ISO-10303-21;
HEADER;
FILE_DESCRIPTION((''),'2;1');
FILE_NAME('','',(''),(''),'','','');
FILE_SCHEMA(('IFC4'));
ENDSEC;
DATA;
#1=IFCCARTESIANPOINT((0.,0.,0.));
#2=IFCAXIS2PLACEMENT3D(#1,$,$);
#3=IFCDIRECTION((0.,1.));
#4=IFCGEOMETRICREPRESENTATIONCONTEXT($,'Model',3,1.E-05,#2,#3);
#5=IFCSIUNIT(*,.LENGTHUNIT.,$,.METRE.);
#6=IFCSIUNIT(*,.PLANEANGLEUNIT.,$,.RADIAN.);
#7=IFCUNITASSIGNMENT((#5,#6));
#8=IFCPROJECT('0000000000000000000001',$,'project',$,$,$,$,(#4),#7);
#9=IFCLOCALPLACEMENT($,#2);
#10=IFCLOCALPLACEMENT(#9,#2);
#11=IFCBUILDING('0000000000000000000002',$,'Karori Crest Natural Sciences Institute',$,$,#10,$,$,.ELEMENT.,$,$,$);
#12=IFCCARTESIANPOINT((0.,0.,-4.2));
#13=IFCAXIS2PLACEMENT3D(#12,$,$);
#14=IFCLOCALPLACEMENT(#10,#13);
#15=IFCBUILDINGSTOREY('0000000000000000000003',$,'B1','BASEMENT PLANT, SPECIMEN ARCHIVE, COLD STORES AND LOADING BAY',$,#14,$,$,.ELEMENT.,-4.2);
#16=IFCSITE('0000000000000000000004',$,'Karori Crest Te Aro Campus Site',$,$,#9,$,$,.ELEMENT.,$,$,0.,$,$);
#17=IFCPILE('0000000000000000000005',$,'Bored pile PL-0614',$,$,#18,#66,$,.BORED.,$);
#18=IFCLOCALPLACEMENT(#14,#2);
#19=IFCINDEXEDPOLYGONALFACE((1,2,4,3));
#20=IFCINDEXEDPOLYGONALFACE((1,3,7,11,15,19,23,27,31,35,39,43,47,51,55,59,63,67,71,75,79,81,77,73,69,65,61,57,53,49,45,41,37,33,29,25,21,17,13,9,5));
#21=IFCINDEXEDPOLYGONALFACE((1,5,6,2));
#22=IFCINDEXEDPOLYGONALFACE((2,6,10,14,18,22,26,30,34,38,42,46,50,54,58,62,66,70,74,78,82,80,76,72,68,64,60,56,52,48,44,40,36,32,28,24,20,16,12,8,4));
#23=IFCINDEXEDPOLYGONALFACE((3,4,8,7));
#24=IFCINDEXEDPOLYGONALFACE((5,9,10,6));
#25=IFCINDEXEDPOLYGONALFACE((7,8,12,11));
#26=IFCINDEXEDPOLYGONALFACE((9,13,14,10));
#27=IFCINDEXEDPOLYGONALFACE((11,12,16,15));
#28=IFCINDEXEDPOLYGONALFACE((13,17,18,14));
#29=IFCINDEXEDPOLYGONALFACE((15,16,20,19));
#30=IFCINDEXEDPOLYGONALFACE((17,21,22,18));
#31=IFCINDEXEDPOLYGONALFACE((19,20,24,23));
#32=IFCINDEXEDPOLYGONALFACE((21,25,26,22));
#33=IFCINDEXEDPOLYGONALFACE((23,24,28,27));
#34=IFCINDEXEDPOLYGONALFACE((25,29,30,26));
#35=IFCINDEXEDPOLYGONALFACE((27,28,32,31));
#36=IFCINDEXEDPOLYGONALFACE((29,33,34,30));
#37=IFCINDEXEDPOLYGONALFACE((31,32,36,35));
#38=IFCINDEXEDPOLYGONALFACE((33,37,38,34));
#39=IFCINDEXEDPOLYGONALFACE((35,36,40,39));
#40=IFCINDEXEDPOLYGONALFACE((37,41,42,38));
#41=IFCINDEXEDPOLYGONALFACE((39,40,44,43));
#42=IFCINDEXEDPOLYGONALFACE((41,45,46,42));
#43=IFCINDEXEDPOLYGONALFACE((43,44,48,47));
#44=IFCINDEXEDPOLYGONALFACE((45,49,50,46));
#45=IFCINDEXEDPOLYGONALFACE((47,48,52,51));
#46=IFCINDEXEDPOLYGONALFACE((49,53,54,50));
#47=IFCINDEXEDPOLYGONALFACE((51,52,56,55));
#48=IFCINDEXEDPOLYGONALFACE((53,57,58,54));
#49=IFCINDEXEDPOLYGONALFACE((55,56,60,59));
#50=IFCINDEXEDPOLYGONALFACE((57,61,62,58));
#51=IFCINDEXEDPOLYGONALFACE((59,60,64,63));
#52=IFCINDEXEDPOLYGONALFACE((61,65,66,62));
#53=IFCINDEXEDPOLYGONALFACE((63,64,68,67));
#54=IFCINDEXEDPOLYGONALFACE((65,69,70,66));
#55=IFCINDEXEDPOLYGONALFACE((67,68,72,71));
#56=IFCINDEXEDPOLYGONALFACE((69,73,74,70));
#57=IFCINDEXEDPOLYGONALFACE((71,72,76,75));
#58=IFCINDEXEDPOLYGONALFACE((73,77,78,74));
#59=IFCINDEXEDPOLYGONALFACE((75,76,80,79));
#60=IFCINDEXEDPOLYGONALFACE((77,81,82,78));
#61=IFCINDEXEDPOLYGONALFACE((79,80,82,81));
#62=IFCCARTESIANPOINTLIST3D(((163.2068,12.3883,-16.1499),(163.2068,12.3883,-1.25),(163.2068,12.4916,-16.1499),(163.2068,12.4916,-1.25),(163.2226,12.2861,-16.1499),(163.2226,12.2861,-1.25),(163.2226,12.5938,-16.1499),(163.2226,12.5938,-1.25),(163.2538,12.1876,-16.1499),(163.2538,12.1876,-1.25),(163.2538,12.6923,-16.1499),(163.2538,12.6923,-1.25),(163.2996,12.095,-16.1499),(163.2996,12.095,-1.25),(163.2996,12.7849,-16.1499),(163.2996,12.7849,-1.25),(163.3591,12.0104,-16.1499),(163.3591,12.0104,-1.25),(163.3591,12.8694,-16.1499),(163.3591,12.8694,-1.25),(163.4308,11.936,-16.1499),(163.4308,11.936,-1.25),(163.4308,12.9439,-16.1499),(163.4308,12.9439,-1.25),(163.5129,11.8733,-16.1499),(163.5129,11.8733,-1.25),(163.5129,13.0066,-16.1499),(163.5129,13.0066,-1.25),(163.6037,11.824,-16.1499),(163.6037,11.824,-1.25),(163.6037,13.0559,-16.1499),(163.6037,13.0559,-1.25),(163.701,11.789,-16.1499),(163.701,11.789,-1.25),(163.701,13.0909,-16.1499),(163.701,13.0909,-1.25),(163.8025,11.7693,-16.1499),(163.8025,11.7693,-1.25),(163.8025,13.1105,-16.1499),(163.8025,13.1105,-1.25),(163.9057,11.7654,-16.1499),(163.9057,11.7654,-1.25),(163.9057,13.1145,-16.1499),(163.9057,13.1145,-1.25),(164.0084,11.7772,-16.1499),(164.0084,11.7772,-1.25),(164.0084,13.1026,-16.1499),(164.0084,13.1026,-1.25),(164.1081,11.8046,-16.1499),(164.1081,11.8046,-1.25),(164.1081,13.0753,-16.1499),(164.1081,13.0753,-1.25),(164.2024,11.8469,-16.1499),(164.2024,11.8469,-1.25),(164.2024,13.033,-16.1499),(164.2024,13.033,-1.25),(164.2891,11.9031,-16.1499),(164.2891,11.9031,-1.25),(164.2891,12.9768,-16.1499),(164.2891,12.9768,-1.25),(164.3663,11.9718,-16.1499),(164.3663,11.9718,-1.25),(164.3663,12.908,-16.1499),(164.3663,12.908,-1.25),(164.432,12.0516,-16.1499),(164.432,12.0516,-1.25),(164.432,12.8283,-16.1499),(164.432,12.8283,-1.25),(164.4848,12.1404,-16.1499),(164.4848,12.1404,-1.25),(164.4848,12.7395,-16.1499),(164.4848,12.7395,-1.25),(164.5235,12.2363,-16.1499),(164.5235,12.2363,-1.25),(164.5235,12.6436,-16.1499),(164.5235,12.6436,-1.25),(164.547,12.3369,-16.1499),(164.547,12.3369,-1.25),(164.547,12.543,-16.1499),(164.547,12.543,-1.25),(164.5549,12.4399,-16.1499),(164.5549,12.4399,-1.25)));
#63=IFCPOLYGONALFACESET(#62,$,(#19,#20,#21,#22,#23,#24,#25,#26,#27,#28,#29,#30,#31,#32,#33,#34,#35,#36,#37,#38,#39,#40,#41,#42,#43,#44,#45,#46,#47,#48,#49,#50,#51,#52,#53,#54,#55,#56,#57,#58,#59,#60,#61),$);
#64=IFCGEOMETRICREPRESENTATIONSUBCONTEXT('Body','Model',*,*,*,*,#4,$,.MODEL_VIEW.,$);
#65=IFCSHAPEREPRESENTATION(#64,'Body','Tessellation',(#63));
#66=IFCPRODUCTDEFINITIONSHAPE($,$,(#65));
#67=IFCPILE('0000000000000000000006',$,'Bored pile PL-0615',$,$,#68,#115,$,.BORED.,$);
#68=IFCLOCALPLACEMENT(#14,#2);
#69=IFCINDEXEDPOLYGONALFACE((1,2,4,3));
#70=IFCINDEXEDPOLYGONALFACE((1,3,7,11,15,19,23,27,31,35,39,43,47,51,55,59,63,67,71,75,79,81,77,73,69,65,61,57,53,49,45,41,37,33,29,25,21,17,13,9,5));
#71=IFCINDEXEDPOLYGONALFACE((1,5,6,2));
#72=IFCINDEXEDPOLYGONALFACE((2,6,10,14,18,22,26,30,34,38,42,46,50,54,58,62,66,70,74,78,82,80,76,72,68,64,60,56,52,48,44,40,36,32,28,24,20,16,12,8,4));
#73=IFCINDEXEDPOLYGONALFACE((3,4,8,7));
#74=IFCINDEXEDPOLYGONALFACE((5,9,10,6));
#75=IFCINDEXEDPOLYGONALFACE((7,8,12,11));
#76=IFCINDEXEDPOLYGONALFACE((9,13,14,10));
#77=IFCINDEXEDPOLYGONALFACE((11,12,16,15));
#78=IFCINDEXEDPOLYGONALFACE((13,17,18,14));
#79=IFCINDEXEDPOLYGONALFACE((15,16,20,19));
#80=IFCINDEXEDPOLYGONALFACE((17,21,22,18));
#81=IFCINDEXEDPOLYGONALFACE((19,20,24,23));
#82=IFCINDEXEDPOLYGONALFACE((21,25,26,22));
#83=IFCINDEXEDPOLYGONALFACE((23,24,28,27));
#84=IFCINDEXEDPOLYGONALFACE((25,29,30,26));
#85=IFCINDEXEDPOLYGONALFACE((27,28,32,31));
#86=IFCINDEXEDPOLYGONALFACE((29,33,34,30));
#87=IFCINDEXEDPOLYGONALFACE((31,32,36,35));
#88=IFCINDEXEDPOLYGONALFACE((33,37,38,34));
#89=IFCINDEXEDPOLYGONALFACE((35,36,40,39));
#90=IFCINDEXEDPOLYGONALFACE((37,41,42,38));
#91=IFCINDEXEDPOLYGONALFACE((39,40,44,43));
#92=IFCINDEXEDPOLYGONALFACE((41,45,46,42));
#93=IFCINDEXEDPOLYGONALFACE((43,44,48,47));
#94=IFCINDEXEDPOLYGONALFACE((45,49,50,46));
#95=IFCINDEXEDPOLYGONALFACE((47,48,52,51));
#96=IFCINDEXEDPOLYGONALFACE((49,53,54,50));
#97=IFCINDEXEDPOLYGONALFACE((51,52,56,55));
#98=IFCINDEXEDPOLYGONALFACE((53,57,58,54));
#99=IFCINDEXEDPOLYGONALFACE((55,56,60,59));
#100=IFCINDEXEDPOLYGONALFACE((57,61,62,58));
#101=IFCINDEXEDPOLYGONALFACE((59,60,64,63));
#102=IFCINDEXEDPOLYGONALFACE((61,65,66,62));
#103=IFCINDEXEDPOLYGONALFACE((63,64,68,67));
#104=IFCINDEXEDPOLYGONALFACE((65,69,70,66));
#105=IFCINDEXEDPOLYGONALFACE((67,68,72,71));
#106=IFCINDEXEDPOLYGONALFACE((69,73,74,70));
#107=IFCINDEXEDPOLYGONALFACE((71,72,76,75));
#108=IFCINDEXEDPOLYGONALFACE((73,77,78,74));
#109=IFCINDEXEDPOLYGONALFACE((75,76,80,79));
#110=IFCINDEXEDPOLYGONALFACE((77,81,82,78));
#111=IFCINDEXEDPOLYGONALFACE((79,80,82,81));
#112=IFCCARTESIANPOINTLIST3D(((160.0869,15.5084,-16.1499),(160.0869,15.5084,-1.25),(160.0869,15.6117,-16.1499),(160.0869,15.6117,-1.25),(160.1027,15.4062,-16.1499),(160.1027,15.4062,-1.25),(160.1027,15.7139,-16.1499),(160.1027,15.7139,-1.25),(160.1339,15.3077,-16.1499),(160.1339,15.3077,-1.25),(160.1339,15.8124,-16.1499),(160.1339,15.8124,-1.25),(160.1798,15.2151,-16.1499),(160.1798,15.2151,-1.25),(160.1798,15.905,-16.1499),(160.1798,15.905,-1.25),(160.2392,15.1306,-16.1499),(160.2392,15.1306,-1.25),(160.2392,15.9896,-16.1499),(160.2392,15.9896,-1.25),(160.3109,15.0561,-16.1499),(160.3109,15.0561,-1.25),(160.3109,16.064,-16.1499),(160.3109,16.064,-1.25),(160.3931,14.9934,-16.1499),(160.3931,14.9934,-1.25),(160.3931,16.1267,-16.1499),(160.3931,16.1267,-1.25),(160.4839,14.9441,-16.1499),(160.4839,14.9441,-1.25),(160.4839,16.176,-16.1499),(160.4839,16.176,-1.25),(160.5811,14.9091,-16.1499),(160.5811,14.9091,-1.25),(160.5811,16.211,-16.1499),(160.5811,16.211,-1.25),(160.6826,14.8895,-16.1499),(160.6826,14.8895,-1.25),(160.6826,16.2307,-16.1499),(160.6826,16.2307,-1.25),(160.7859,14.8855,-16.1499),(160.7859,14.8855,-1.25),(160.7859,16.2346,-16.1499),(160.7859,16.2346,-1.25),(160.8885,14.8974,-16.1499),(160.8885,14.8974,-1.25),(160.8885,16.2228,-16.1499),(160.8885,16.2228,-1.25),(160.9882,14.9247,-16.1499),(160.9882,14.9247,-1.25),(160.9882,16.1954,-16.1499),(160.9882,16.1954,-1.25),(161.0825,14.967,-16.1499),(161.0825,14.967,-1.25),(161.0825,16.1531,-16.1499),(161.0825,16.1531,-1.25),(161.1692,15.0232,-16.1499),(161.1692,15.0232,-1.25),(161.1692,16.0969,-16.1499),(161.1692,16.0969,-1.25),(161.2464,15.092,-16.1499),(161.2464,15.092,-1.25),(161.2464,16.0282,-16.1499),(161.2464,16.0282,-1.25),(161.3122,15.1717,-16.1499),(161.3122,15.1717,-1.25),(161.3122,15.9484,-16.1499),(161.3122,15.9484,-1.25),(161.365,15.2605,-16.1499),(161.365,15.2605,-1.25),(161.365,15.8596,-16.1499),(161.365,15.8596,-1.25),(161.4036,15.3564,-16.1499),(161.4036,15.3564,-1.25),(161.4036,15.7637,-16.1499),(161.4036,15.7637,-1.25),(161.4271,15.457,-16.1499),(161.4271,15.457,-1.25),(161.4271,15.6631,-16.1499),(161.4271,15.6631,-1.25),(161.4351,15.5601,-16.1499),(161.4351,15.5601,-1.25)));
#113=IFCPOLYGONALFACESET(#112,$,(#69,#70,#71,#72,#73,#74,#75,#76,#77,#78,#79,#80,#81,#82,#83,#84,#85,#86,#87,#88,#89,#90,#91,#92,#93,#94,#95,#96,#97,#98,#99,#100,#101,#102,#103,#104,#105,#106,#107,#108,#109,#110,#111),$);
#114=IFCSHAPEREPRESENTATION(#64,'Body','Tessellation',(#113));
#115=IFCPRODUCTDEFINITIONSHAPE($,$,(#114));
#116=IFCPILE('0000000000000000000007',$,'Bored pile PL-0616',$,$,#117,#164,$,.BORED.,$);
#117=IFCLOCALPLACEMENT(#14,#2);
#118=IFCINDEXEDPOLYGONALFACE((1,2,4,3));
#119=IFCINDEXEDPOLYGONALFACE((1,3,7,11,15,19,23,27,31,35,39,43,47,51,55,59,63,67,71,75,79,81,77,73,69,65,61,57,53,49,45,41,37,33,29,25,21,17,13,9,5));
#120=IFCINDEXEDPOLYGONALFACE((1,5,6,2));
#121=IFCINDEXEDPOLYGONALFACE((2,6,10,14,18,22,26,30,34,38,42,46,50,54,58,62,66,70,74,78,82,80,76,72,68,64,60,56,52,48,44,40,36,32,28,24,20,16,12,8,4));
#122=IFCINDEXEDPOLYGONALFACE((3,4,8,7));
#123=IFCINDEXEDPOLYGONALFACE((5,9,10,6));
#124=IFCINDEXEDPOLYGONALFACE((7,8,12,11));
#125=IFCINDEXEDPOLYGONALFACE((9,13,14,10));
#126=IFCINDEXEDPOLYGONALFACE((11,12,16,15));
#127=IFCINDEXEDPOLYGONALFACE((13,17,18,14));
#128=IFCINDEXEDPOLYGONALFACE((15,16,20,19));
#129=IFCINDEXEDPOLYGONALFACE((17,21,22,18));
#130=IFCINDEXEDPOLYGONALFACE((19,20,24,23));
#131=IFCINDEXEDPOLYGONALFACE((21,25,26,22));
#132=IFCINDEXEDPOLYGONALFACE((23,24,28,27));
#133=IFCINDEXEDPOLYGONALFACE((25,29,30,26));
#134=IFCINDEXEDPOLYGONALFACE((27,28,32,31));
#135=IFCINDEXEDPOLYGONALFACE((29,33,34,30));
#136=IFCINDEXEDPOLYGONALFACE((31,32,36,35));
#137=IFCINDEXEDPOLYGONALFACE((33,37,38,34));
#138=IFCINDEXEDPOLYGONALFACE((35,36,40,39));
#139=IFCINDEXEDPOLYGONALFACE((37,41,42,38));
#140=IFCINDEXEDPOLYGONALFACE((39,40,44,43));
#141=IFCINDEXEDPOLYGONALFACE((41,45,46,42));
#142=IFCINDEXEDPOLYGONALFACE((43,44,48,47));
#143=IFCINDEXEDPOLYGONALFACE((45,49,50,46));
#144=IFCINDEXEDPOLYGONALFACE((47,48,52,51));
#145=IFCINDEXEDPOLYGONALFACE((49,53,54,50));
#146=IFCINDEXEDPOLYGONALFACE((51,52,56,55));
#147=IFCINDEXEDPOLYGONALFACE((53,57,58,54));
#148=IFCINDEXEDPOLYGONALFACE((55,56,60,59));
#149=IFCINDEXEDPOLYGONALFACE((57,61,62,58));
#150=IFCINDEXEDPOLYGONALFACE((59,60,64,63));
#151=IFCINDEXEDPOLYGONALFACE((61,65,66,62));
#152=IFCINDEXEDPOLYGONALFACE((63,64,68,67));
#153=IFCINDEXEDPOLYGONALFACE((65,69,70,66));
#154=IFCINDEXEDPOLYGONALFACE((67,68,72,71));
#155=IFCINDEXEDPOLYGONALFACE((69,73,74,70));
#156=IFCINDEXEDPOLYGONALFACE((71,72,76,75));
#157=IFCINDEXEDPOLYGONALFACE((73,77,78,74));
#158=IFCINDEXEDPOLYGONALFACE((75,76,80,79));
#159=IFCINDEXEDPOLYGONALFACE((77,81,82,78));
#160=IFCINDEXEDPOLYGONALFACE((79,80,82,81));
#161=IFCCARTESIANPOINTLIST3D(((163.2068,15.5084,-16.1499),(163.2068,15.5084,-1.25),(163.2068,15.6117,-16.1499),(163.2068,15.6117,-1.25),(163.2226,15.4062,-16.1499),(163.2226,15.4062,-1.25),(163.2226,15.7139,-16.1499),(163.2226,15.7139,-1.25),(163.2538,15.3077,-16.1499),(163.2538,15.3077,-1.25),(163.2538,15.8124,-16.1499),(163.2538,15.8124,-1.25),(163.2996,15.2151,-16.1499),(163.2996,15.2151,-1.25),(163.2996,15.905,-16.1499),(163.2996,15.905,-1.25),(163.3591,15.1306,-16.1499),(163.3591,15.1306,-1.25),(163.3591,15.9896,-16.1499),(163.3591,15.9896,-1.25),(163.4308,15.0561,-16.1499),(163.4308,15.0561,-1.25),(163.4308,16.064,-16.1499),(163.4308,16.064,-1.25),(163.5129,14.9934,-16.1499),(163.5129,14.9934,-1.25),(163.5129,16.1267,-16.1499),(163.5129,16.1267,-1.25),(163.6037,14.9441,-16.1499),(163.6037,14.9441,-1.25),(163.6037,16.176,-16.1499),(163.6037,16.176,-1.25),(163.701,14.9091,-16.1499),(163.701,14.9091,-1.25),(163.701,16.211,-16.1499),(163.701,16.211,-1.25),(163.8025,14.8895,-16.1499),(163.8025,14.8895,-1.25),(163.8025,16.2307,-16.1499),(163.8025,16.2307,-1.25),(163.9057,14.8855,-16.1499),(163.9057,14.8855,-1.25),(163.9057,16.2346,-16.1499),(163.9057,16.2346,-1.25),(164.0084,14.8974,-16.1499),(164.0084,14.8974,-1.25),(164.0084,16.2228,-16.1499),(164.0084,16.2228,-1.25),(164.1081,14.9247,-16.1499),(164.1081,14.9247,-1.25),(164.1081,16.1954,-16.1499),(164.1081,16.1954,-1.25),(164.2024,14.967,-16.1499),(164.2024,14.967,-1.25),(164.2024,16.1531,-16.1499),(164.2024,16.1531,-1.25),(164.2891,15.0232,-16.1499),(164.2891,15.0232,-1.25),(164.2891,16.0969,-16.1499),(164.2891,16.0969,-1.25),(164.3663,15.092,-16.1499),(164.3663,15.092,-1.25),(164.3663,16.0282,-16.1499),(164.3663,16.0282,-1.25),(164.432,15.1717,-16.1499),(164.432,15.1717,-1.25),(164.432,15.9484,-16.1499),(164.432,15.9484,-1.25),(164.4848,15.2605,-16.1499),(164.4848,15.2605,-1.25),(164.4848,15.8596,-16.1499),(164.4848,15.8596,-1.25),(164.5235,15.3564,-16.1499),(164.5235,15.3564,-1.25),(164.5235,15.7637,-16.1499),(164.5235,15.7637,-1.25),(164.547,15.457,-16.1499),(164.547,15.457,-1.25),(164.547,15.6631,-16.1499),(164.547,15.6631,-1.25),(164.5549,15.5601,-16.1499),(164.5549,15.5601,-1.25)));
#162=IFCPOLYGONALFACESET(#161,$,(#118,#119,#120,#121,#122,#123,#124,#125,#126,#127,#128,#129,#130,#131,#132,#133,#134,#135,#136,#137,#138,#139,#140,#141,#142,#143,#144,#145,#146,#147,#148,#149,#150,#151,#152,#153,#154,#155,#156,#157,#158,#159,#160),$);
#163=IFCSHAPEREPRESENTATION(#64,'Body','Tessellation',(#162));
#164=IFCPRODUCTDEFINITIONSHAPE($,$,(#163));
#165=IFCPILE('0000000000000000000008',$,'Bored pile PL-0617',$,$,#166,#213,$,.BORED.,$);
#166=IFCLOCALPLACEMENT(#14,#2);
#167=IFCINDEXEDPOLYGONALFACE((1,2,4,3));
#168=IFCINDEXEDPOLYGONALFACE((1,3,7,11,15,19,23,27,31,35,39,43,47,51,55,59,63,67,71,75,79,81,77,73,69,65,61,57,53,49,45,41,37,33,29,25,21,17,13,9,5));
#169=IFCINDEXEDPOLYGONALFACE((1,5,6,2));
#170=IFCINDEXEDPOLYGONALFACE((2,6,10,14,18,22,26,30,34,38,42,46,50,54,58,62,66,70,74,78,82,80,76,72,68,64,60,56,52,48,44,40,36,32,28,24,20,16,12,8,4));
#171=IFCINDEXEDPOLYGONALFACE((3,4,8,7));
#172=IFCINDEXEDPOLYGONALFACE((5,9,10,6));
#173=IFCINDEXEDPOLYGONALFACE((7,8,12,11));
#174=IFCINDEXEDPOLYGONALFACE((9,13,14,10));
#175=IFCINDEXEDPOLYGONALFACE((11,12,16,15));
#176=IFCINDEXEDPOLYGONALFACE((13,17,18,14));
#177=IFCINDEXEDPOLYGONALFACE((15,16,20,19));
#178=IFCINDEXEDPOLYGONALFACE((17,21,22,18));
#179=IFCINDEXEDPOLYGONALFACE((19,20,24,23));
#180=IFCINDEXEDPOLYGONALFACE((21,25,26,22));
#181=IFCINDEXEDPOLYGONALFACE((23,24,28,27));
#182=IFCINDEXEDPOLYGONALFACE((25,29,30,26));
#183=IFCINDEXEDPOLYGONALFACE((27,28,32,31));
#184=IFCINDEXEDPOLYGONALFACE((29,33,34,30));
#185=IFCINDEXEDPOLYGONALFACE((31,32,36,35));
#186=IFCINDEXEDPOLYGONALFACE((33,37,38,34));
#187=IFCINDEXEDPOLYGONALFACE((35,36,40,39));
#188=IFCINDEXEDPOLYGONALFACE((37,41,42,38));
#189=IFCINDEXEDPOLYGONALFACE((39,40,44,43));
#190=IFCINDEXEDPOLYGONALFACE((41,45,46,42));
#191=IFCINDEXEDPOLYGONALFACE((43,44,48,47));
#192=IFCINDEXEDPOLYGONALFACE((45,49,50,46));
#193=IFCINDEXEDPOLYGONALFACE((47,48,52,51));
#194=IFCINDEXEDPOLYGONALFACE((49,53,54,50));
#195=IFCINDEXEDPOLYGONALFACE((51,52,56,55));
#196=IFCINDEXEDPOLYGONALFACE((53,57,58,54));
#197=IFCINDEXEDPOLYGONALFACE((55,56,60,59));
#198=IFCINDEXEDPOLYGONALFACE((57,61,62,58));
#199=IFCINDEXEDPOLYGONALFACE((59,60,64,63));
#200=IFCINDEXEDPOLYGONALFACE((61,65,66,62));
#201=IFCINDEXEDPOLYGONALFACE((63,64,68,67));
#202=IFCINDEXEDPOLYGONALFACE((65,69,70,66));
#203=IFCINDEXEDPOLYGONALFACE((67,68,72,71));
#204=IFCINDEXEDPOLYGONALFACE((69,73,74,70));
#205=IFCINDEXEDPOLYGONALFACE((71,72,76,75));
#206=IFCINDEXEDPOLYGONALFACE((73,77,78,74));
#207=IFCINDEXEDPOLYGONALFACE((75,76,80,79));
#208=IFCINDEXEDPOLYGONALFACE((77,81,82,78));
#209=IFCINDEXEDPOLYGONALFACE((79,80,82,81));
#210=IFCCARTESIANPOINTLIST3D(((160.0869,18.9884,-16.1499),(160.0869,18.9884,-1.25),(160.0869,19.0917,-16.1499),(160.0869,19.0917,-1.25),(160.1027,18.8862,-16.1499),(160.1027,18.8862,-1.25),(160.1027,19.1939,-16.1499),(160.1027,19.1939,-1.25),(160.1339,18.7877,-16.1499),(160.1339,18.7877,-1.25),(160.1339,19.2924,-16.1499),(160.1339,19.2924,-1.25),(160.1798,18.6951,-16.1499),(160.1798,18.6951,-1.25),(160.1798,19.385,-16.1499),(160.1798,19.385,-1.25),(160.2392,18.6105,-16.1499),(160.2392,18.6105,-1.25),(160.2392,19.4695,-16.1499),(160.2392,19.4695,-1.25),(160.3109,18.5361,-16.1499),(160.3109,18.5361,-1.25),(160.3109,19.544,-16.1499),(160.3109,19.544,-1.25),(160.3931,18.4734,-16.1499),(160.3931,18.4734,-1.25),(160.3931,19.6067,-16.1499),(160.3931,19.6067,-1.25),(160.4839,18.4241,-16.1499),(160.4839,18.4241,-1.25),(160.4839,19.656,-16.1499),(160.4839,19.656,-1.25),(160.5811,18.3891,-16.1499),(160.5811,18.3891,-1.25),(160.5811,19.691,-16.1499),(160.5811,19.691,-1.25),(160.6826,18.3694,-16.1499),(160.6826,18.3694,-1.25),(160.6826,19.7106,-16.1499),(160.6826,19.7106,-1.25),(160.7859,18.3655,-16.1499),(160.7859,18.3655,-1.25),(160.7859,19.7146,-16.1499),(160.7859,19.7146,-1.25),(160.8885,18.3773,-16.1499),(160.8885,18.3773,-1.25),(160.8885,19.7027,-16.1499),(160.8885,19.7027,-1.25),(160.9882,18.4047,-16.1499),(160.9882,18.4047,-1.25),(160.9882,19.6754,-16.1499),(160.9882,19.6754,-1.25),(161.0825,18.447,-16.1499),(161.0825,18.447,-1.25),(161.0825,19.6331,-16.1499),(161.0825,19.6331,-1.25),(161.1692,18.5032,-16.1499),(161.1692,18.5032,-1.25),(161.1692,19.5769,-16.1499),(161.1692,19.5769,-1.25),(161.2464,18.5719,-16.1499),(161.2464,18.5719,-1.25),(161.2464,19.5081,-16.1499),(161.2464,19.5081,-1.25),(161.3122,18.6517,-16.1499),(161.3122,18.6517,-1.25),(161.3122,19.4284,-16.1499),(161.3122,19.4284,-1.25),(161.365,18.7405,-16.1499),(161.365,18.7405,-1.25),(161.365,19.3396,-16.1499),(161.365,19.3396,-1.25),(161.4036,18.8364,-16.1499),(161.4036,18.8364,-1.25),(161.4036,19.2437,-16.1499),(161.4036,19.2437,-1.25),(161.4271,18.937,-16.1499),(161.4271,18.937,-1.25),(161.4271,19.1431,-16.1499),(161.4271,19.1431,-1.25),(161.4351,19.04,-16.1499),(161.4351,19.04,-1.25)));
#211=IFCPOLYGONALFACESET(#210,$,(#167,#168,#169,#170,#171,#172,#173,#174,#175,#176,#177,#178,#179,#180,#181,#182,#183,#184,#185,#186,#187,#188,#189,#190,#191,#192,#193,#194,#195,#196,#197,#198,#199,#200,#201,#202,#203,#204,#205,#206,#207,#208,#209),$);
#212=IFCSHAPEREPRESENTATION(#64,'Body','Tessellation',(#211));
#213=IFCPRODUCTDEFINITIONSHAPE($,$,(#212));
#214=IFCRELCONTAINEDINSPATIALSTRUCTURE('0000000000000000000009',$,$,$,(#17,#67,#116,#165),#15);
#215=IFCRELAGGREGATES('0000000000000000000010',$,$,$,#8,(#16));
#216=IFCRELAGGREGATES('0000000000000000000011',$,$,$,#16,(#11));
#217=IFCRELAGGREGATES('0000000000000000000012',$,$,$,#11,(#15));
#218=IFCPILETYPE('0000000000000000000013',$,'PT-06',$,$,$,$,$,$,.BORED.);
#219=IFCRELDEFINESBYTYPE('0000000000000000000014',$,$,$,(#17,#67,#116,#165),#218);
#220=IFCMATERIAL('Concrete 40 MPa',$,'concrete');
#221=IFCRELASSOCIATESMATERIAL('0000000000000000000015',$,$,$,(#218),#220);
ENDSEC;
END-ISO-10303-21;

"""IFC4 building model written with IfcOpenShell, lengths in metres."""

from ifc_helpers import new_model, si_unit, direction, frame, origin, origin_2d, place, context, subcontext, project, spatial, circle, extrude, material, material_profile, profile_set, type_object, element, save


model = new_model("IFC4")

# Units and contexts
model_context = context("Model", 3, precision=1e-05, world=origin(), true_north=direction((0.0, 1.0)))
body_context = subcontext(model_context, "Body", "Model", "MODEL_VIEW")
ifc_project = project(units=[si_unit("LENGTHUNIT", "METRE"), si_unit("PLANEANGLEUNIT", "RADIAN")], contexts=[model_context])

# Site, building, storey
site_placement = place(None, origin())
site = spatial("IfcSite", under=ifc_project, at=site_placement, Name="Karori Crest Te Aro Campus Site", CompositionType="ELEMENT", RefElevation=0.0)
building_placement = place(site_placement, origin())
building = spatial("IfcBuilding", under=site, at=building_placement, Name="Karori Crest Natural Sciences Institute", CompositionType="ELEMENT")
storey_placement = place(building_placement, frame((0.0, 0.0, -4.2)))
storey = spatial("IfcBuildingStorey", under=building, at=storey_placement, Name="B1", Description="BASEMENT PLANT, SPECIMEN ARCHIVE, COLD STORES AND LOADING BAY", CompositionType="ELEMENT", Elevation=-4.2)

# Shared definitions
ifc_material_1 = material(Name="Concrete 40 MPa", Category="concrete")

# Piles
ifc_material_profile_1 = material_profile(ifc_material_1, circle(Radius=0.675, at=origin_2d()), Name="PILE1350")
ifc_profile_set_1 = profile_set([ifc_material_profile_1], Name="Concrete 40 MPa")
pile_type = type_object("IfcPileType", Name="PT-06", PredefinedType="BORED", material=ifc_profile_set_1)
for number, where, z_axis, x_axis, name in (
    (1, (163.8799, 12.4399, -1.25), (0.0, 0.0, -1.0), (1.0, 0.0, 0.0), "Bored pile PL-0614"),
    (2, (160.76, 15.5601, -1.25), (0.0, 0.0, -1.0), (1.0, 0.0, 0.0), "Bored pile PL-0615"),
    (3, (163.8799, 15.5601, -1.25), (0.0, 0.0, -1.0), (1.0, 0.0, 0.0), "Bored pile PL-0616"),
    (4, (160.76, 19.04, -1.25), (0.0, 0.0, -1.0), (1.0, 0.0, 0.0), "Bored pile PL-0617"),
):
    element("IfcPile", number, at=place(storey_placement, frame(where, z_axis=z_axis, x_axis=x_axis)), inside=storey, type_object=pile_type, Name=name, PredefinedType="BORED", context=body_context, shape_type="SweptSolid", body=[
        extrude(circle(Radius=0.675, at=origin_2d()), origin(), (0.0, 0.0, 1.0), 14.8999),
    ])

save(model, "model.ifc")
